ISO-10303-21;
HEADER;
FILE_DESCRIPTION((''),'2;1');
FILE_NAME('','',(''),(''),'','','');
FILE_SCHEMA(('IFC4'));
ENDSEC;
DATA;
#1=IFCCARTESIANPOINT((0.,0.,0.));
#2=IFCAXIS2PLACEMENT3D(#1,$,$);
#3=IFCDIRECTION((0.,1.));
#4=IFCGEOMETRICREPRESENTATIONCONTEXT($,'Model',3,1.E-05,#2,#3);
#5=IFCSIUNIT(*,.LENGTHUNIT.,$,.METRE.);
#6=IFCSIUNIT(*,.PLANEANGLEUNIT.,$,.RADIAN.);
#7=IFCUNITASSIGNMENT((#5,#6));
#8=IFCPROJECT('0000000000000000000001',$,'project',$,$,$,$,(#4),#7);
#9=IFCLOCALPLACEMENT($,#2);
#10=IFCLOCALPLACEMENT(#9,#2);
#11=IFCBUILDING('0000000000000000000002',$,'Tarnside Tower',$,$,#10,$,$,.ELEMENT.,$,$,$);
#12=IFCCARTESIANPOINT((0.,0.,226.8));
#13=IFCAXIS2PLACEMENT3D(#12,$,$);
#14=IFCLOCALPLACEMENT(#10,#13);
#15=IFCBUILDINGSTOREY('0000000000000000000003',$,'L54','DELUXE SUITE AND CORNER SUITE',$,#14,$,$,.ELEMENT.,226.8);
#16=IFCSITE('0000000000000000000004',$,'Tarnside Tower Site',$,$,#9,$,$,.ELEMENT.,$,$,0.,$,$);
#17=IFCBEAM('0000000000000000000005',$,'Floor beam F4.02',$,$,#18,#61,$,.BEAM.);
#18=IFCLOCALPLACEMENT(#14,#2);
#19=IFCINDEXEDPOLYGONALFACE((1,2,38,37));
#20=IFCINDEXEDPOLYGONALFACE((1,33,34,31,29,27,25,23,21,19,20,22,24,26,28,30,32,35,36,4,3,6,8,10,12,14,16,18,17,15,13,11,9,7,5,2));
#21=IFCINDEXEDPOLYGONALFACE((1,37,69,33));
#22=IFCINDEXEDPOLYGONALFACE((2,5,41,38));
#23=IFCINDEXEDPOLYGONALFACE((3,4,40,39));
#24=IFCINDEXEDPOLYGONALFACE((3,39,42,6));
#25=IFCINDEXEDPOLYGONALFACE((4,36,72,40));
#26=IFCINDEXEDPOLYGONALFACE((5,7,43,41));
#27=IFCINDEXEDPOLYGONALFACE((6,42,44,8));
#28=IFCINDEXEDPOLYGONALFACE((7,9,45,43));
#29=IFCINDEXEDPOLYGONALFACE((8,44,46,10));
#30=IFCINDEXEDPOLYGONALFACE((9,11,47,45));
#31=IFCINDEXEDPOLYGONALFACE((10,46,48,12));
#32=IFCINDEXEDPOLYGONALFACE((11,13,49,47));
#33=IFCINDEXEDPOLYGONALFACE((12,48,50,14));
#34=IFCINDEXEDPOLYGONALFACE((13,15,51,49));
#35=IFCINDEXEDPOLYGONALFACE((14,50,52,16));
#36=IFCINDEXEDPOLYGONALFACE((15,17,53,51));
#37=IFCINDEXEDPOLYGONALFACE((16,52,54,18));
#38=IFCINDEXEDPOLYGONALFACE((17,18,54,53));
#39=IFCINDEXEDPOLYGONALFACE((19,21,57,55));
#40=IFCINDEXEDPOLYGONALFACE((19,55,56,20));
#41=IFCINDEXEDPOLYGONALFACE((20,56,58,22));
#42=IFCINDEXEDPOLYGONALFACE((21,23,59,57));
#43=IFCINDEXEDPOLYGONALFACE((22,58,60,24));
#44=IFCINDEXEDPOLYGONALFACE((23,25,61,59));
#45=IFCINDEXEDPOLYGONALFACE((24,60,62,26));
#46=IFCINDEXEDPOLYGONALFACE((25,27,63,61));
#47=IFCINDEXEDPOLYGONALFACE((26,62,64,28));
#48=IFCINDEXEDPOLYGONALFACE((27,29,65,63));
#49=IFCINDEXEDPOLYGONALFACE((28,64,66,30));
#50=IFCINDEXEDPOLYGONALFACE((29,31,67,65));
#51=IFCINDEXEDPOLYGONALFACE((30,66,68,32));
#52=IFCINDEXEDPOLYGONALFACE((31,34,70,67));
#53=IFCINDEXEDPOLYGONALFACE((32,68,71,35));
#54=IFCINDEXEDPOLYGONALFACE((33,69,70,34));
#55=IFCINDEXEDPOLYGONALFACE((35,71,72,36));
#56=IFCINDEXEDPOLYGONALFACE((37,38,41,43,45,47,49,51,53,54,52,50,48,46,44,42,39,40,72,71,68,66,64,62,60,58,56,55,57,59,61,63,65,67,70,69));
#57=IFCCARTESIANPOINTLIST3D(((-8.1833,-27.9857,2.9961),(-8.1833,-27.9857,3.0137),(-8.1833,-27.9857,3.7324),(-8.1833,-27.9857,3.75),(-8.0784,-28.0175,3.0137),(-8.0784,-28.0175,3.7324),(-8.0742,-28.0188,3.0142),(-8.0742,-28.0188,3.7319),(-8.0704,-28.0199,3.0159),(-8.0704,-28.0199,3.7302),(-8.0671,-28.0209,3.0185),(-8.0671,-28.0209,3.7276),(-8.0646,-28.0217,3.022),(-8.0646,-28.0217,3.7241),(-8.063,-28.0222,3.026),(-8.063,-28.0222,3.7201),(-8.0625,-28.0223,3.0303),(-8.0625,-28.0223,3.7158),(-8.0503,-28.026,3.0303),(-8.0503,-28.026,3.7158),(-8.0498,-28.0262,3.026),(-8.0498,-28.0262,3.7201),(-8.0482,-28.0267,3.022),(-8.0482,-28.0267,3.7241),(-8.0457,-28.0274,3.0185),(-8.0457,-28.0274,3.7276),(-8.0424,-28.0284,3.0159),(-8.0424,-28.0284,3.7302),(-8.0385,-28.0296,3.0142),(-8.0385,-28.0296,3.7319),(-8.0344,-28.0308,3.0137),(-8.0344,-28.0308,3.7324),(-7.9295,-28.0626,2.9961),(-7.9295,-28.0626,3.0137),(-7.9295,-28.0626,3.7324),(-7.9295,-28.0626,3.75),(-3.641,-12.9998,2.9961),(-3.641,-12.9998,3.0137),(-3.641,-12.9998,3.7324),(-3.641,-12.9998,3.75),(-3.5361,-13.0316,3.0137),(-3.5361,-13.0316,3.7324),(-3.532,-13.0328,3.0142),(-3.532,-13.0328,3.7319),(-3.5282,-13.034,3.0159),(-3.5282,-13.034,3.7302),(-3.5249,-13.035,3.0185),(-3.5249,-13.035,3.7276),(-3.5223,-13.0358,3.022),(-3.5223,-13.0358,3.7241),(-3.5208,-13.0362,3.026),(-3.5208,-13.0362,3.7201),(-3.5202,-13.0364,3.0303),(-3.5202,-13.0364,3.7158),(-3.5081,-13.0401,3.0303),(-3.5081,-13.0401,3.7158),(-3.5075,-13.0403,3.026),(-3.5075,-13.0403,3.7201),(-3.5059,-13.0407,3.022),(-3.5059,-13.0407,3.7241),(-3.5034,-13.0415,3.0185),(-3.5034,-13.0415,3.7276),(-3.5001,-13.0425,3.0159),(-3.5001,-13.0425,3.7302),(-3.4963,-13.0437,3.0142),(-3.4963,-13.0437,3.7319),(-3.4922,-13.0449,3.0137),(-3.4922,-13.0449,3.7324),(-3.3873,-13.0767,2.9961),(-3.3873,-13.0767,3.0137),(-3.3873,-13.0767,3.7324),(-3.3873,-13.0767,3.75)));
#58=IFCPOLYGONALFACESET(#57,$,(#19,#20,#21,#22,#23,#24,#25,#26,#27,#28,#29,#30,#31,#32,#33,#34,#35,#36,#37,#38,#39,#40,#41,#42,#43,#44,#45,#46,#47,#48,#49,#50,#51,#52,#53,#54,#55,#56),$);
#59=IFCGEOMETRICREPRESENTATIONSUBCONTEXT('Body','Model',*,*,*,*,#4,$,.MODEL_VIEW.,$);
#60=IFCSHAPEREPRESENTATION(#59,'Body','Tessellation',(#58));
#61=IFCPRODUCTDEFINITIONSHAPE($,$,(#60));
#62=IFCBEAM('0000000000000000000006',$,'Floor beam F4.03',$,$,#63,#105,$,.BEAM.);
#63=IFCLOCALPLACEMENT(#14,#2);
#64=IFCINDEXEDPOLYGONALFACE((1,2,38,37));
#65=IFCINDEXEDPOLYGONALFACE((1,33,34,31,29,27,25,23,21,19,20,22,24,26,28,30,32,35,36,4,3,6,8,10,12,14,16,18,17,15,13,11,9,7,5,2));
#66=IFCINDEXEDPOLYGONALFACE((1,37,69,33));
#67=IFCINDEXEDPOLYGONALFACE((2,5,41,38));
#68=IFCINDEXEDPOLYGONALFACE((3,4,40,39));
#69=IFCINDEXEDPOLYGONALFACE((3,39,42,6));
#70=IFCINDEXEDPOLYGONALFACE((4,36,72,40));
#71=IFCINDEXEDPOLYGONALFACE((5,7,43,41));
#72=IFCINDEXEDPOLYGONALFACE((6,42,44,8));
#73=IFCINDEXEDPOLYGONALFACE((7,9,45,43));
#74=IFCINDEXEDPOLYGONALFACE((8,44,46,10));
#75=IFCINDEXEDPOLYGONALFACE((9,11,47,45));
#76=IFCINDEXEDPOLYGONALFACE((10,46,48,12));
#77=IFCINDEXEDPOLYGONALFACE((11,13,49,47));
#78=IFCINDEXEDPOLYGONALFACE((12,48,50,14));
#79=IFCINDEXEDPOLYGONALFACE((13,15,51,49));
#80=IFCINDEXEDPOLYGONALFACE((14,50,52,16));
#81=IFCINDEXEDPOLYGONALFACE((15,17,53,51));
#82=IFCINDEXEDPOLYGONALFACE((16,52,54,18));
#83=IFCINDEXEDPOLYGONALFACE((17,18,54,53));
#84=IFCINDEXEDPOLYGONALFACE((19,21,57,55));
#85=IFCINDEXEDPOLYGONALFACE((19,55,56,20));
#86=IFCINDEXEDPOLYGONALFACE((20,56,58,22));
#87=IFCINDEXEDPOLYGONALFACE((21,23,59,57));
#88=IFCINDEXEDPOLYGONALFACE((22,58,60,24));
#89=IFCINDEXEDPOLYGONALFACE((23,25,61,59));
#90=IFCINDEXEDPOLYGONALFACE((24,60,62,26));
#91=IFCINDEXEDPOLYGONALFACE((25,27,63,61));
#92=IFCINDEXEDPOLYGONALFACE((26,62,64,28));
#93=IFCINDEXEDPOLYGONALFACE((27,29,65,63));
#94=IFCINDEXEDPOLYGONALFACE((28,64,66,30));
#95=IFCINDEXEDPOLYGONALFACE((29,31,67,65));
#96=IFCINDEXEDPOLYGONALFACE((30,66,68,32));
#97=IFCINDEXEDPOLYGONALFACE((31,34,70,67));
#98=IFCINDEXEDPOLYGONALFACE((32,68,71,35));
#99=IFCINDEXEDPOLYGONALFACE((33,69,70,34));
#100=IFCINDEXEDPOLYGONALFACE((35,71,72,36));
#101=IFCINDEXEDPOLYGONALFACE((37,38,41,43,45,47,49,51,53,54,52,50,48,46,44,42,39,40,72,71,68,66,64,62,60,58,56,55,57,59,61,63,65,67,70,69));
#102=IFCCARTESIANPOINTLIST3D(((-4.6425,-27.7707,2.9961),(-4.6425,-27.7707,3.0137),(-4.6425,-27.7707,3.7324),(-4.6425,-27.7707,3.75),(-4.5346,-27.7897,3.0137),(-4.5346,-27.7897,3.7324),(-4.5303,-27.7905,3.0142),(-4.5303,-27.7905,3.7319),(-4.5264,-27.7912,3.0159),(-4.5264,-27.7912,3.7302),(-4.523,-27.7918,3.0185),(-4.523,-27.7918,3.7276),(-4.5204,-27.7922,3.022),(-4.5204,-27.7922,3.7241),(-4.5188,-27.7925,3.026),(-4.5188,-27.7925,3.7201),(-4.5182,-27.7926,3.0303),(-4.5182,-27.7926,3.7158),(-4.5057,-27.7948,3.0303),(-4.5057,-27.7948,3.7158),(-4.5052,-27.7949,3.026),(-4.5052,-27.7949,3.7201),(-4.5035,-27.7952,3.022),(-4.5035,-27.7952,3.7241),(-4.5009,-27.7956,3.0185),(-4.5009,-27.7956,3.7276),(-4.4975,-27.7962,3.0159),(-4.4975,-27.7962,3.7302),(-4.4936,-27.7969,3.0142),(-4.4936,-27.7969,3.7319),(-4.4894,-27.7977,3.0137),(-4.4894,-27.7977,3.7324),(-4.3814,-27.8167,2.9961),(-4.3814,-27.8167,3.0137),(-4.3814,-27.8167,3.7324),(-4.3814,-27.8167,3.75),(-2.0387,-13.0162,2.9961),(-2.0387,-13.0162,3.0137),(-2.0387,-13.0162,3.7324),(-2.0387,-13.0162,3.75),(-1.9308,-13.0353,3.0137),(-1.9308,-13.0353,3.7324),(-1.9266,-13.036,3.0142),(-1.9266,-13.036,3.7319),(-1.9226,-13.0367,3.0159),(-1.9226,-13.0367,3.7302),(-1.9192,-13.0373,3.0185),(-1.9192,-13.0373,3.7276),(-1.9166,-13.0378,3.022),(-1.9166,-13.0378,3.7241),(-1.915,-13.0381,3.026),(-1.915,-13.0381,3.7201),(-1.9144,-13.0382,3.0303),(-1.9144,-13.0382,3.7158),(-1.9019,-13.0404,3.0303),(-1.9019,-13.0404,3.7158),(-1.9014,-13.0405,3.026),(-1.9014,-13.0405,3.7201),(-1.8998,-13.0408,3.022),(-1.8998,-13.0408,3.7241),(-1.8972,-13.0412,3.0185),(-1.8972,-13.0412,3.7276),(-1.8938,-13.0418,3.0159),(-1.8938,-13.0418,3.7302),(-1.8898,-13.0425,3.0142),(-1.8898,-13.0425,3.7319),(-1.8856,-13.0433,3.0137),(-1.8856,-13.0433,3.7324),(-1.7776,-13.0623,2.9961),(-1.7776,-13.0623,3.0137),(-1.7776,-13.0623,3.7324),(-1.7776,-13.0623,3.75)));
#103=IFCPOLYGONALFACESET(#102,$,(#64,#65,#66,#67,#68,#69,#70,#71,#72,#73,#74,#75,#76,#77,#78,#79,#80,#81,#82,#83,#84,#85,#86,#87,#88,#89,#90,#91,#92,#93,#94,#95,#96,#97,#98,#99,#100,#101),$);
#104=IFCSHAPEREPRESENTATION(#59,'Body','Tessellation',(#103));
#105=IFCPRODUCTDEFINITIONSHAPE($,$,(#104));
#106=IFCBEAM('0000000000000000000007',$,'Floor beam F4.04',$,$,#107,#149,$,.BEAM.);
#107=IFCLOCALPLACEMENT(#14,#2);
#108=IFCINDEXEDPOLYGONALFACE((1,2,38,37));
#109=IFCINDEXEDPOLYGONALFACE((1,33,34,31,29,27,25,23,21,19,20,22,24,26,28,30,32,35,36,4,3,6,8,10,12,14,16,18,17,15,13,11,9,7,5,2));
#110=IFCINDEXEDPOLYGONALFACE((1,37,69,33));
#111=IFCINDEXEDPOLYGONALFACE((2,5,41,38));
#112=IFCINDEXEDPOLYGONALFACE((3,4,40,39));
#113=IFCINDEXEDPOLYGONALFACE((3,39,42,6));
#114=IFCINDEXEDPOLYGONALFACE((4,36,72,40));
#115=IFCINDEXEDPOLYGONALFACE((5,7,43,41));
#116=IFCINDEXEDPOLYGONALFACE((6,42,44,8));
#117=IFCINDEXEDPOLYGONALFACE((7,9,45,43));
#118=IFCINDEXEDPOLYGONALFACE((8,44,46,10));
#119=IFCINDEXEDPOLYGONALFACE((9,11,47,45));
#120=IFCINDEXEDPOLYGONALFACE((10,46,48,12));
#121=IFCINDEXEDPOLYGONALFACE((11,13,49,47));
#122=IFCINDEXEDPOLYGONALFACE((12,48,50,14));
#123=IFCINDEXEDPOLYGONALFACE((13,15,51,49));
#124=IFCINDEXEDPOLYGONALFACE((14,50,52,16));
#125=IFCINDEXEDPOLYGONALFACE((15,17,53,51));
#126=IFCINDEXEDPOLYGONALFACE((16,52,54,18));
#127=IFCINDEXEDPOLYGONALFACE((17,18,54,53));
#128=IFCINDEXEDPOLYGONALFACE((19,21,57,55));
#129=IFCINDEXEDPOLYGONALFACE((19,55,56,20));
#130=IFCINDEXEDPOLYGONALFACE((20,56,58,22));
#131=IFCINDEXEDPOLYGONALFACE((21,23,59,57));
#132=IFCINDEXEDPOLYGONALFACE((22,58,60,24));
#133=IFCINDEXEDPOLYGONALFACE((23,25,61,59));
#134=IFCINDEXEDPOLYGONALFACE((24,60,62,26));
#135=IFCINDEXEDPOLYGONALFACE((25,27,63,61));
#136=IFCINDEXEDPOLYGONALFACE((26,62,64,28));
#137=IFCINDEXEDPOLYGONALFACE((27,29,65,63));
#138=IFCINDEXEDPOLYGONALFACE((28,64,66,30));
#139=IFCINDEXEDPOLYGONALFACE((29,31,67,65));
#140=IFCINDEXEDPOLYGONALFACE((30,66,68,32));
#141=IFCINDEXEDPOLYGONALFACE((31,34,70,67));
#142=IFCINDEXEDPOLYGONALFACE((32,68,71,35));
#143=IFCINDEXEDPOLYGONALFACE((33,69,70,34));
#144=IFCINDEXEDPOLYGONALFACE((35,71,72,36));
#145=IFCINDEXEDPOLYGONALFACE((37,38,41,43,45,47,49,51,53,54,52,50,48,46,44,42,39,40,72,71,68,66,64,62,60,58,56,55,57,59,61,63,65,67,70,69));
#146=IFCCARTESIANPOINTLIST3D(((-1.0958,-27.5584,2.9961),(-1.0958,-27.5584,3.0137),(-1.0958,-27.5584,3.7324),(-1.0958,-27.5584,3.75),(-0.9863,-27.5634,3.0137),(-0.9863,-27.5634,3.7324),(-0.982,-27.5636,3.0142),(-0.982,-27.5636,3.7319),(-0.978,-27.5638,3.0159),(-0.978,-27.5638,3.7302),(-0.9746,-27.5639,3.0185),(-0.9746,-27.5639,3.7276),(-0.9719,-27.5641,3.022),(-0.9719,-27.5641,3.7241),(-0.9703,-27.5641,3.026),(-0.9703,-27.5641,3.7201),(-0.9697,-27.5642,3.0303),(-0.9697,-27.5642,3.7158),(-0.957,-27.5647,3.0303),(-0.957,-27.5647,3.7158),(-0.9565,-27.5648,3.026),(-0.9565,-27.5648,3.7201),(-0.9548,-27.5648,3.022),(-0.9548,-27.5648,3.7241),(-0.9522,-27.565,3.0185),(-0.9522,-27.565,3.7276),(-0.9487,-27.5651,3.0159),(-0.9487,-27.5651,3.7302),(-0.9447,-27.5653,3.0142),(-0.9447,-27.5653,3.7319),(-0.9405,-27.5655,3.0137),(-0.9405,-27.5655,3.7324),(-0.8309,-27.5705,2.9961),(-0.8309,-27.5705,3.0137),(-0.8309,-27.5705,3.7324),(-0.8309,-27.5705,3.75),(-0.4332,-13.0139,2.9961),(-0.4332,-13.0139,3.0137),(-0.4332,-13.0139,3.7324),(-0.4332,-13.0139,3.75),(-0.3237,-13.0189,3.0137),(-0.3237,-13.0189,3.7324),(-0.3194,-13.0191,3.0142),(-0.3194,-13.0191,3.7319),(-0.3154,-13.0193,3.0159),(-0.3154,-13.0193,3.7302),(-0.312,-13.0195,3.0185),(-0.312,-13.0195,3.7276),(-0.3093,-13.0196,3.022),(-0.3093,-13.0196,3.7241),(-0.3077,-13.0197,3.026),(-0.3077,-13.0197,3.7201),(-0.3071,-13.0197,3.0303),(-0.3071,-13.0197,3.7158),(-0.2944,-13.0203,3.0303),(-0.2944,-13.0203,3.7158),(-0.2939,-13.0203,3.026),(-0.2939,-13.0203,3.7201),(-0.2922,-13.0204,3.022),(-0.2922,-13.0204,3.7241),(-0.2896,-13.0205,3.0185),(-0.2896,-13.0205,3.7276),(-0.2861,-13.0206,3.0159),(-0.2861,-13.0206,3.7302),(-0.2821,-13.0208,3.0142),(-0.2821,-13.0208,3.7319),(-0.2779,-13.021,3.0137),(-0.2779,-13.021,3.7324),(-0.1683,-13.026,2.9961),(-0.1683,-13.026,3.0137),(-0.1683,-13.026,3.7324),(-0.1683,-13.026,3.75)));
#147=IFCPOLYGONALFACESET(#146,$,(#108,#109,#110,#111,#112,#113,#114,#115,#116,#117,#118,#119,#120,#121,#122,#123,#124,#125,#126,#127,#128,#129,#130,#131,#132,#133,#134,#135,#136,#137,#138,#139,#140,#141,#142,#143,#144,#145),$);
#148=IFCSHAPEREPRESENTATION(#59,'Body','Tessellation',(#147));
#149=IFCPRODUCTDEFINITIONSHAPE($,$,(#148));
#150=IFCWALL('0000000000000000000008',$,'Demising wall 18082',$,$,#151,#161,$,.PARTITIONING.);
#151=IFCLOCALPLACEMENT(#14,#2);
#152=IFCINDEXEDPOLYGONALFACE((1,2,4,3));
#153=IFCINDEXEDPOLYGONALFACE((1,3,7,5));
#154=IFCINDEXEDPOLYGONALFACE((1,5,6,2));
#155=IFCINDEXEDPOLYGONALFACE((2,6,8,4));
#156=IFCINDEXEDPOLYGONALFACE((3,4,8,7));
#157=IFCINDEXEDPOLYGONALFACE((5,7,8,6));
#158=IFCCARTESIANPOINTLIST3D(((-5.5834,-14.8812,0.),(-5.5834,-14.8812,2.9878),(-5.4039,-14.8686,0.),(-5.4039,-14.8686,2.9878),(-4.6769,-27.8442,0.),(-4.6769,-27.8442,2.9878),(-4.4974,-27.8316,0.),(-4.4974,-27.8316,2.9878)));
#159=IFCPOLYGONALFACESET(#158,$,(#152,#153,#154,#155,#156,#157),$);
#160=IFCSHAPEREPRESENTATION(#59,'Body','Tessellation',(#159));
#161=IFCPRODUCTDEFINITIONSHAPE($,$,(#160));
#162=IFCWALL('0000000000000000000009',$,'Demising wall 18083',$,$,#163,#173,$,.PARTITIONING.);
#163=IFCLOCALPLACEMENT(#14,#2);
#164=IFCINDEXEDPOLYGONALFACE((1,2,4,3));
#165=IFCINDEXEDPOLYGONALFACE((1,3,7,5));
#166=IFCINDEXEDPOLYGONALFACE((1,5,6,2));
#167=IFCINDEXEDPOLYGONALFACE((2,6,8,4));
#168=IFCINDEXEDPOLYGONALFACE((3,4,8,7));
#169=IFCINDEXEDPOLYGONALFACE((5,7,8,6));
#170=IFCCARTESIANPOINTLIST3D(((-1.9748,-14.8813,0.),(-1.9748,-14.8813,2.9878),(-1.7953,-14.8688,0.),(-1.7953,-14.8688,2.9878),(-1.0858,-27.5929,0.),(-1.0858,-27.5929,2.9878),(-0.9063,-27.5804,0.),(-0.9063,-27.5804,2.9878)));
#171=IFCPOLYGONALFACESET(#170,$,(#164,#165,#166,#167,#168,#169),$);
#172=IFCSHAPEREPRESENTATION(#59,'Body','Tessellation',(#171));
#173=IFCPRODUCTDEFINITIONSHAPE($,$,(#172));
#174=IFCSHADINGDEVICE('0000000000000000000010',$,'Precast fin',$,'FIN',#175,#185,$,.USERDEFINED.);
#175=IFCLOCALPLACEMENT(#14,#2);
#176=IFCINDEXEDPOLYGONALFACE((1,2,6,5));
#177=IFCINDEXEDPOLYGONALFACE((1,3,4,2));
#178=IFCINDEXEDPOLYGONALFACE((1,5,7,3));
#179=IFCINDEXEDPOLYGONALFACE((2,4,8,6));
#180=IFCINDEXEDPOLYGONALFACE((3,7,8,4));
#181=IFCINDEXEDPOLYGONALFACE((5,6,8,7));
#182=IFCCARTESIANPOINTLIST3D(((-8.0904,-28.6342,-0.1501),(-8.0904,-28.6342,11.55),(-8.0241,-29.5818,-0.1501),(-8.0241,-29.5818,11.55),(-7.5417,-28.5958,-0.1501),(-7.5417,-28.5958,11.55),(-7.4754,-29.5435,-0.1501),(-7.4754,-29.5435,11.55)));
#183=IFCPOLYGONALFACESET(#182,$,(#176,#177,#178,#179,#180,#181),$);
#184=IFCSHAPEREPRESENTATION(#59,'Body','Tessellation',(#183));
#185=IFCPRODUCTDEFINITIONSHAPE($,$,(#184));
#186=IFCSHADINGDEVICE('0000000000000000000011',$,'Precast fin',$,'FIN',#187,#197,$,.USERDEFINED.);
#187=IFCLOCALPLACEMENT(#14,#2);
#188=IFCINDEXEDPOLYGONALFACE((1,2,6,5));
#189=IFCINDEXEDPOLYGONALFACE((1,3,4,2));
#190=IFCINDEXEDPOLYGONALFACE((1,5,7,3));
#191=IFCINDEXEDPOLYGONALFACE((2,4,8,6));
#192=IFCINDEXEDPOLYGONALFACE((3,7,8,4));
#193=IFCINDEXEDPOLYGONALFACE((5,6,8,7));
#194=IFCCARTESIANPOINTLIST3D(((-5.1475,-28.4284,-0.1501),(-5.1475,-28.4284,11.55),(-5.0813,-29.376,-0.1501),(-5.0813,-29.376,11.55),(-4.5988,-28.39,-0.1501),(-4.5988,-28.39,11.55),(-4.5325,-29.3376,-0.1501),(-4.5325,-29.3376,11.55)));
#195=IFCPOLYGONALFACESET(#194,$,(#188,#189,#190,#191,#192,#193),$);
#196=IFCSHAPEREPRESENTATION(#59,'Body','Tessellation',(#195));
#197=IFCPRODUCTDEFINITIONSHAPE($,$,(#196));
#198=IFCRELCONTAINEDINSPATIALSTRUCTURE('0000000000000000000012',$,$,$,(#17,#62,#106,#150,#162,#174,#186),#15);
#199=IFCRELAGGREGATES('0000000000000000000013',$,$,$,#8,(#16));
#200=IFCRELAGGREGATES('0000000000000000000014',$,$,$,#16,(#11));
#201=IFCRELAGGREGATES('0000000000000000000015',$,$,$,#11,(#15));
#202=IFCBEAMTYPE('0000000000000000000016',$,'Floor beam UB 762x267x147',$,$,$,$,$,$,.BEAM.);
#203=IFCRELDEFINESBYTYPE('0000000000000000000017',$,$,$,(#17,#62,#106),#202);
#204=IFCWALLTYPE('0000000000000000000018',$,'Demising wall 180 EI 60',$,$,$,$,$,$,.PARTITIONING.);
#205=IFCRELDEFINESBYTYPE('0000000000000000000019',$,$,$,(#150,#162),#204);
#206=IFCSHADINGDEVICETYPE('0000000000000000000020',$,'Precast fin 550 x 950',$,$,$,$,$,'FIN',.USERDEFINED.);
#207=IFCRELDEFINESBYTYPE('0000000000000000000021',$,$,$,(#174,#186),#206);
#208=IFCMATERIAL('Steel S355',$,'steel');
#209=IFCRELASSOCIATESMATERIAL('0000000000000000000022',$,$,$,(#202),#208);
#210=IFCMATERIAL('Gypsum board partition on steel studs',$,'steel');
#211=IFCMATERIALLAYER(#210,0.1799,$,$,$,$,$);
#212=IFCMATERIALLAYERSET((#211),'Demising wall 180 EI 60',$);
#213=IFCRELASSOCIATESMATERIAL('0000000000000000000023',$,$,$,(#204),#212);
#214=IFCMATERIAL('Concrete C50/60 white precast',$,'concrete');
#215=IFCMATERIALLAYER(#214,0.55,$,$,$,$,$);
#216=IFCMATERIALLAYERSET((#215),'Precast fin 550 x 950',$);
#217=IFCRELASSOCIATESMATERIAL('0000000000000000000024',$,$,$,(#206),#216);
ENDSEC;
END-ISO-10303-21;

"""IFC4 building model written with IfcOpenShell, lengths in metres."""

from ifc_helpers import new_model, si_unit, direction, frame, frame_2d, origin, origin_2d, place, context, subcontext, project, spatial, polyline, rectangle, i_section, outline, extrude, material, layer, layer_set, material_profile, profile_set, type_object, element, save


model = new_model("IFC4")

# Units and contexts
model_context = context("Model", 3, precision=1e-05, world=origin(), true_north=direction((0.0, 1.0)))
body_context = subcontext(model_context, "Body", "Model", "MODEL_VIEW")
ifc_project = project(units=[si_unit("LENGTHUNIT", "METRE"), si_unit("PLANEANGLEUNIT", "RADIAN")], contexts=[model_context])

# Site, building, storey
site_placement = place(None, origin())
site = spatial("IfcSite", under=ifc_project, at=site_placement, Name="Tarnside Tower Site", CompositionType="ELEMENT", RefElevation=0.0)
building_placement = place(site_placement, origin())
building = spatial("IfcBuilding", under=site, at=building_placement, Name="Tarnside Tower", CompositionType="ELEMENT")
storey_placement = place(building_placement, frame((0.0, 0.0, 226.8)))
storey = spatial("IfcBuildingStorey", under=building, at=storey_placement, Name="L54", Description="DELUXE SUITE AND CORNER SUITE", CompositionType="ELEMENT", Elevation=226.8)

# Beams
ifc_material_1 = material(Name="Steel S355", Category="steel")
ifc_material_profile = material_profile(ifc_material_1, i_section(OverallWidth=0.2651, OverallDepth=0.7539, WebThickness=0.0127, FlangeThickness=0.0176, FilletRadius=0.0166, at=origin_2d()), Name="UB 762x267x147")
ifc_profile_set = profile_set([ifc_material_profile], Name="Steel S355")
beam_type = type_object("IfcBeamType", Name="Floor beam UB 762x267x147", PredefinedType="BEAM", material=ifc_profile_set)
beam_1_placement = place(storey_placement, frame((-8.0564, -28.0242, 3.373), z_axis=(0.29007, 0.957005, 0.0), x_axis=(-0.957005, 0.29007, 0.0)))
element("IfcBeam", 1, at=beam_1_placement, inside=storey, type_object=beam_type, Name="Floor beam F4.02", PredefinedType="BEAM", context=body_context, shape_type="SweptSolid", body=[
    extrude(i_section(OverallWidth=0.2651, OverallDepth=0.7539, WebThickness=0.0127, FlangeThickness=0.0176, FilletRadius=0.0166, at=origin_2d()), origin(), (0.0, 0.0, 1.0), 15.6592),
])
beam_2_placement = place(storey_placement, frame((-4.512, -27.7937, 3.373), z_axis=(0.173788, 0.984783, 0.0), x_axis=(-0.984783, 0.173788, 0.0)))
element("IfcBeam", 2, at=beam_2_placement, inside=storey, type_object=beam_type, Name="Floor beam F4.03", PredefinedType="BEAM", context=body_context, shape_type="SweptSolid", body=[
    extrude(i_section(OverallWidth=0.2651, OverallDepth=0.7539, WebThickness=0.0127, FlangeThickness=0.0176, FilletRadius=0.0166, at=origin_2d()), origin(), (0.0, 0.0, 1.0), 14.9824),
])
beam_3_placement = place(storey_placement, frame((-0.9634, -27.5645, 3.373), z_axis=(0.04551, 0.998964, 0.0), x_axis=(-0.998964, 0.04551, 0.0)))
element("IfcBeam", 3, at=beam_3_placement, inside=storey, type_object=beam_type, Name="Floor beam F4.04", PredefinedType="BEAM", context=body_context, shape_type="SweptSolid", body=[
    extrude(i_section(OverallWidth=0.2651, OverallDepth=0.7539, WebThickness=0.0127, FlangeThickness=0.0176, FilletRadius=0.0166, at=origin_2d()), origin(), (0.0, 0.0, 1.0), 14.5596),
])

# Walls
ifc_material_2 = material(Name="Gypsum board partition on steel studs", Category="steel")
ifc_layer_1 = layer(ifc_material_2, 0.1799)
ifc_layer_set_1 = layer_set([ifc_layer_1], Name="Demising wall 180 EI 60")
wall_type = type_object("IfcWallType", Name="Demising wall 180 EI 60", PredefinedType="PARTITIONING", material=ifc_layer_set_1)
wall_1_placement = place(storey_placement, frame((-4.5872, -27.8379, 0.0), z_axis=(0.0, 0.0, 1.0), x_axis=(-0.06976, 0.997564, 0.0)))
element("IfcWall", 4, at=wall_1_placement, inside=storey, type_object=wall_type, Name="Demising wall 18082", PredefinedType="PARTITIONING", context=body_context, shape_type="SweptSolid", body=[
    extrude(rectangle(XDim=12.9946, YDim=0.1799, at=frame_2d((6.4973, 0.0))), origin(), (0.0, 0.0, 1.0), 2.9878),
])
wall_2_placement = place(storey_placement, frame((-0.9961, -27.5867, 0.0), z_axis=(0.0, 0.0, 1.0), x_axis=(-0.069759, 0.997564, 0.0)))
element("IfcWall", 5, at=wall_2_placement, inside=storey, type_object=wall_type, Name="Demising wall 18083", PredefinedType="PARTITIONING", context=body_context, shape_type="SweptSolid", body=[
    extrude(rectangle(XDim=12.7427, YDim=0.1799, at=frame_2d((6.3713, 0.0))), origin(), (0.0, 0.0, 1.0), 2.9878),
])

# Shading devices
ifc_material_3 = material(Name="Concrete C50/60 white precast", Category="concrete")
ifc_layer_2 = layer(ifc_material_3, 0.55)
ifc_layer_set_2 = layer_set([ifc_layer_2], Name="Precast fin 550 x 950")
shading_device_type = type_object("IfcShadingDeviceType", Name="Precast fin 550 x 950", ElementType="FIN", PredefinedType="USERDEFINED", material=ifc_layer_set_2)
for number, where, z_axis, x_axis, name in (
    (6, (-7.8159, -28.615, -0.1501), (-0.997564, -0.069756, 0.0), (0.069756, -0.997564, 0.0), "Precast fin"),
    (7, (-4.873, -28.4092, -0.1501), (-0.997564, -0.069756, 0.0), (0.069756, -0.997564, 0.0), "Precast fin"),
):
    element("IfcShadingDevice", number, at=place(storey_placement, frame(where, z_axis=z_axis, x_axis=x_axis)), inside=storey, type_object=shading_device_type, Name=name, ObjectType="FIN", PredefinedType="USERDEFINED", context=body_context, shape_type="SweptSolid", body=[
        extrude(outline(polyline([(0.0, 0.0), (0.95, 0.0), (0.95, 11.7002), (0.0, 11.7002), (0.0, 0.0)])), frame((0.0, 0.0, -0.2749)), (0.0, 0.0, 1.0), 0.55),
    ])

save(model, "model.ifc")
